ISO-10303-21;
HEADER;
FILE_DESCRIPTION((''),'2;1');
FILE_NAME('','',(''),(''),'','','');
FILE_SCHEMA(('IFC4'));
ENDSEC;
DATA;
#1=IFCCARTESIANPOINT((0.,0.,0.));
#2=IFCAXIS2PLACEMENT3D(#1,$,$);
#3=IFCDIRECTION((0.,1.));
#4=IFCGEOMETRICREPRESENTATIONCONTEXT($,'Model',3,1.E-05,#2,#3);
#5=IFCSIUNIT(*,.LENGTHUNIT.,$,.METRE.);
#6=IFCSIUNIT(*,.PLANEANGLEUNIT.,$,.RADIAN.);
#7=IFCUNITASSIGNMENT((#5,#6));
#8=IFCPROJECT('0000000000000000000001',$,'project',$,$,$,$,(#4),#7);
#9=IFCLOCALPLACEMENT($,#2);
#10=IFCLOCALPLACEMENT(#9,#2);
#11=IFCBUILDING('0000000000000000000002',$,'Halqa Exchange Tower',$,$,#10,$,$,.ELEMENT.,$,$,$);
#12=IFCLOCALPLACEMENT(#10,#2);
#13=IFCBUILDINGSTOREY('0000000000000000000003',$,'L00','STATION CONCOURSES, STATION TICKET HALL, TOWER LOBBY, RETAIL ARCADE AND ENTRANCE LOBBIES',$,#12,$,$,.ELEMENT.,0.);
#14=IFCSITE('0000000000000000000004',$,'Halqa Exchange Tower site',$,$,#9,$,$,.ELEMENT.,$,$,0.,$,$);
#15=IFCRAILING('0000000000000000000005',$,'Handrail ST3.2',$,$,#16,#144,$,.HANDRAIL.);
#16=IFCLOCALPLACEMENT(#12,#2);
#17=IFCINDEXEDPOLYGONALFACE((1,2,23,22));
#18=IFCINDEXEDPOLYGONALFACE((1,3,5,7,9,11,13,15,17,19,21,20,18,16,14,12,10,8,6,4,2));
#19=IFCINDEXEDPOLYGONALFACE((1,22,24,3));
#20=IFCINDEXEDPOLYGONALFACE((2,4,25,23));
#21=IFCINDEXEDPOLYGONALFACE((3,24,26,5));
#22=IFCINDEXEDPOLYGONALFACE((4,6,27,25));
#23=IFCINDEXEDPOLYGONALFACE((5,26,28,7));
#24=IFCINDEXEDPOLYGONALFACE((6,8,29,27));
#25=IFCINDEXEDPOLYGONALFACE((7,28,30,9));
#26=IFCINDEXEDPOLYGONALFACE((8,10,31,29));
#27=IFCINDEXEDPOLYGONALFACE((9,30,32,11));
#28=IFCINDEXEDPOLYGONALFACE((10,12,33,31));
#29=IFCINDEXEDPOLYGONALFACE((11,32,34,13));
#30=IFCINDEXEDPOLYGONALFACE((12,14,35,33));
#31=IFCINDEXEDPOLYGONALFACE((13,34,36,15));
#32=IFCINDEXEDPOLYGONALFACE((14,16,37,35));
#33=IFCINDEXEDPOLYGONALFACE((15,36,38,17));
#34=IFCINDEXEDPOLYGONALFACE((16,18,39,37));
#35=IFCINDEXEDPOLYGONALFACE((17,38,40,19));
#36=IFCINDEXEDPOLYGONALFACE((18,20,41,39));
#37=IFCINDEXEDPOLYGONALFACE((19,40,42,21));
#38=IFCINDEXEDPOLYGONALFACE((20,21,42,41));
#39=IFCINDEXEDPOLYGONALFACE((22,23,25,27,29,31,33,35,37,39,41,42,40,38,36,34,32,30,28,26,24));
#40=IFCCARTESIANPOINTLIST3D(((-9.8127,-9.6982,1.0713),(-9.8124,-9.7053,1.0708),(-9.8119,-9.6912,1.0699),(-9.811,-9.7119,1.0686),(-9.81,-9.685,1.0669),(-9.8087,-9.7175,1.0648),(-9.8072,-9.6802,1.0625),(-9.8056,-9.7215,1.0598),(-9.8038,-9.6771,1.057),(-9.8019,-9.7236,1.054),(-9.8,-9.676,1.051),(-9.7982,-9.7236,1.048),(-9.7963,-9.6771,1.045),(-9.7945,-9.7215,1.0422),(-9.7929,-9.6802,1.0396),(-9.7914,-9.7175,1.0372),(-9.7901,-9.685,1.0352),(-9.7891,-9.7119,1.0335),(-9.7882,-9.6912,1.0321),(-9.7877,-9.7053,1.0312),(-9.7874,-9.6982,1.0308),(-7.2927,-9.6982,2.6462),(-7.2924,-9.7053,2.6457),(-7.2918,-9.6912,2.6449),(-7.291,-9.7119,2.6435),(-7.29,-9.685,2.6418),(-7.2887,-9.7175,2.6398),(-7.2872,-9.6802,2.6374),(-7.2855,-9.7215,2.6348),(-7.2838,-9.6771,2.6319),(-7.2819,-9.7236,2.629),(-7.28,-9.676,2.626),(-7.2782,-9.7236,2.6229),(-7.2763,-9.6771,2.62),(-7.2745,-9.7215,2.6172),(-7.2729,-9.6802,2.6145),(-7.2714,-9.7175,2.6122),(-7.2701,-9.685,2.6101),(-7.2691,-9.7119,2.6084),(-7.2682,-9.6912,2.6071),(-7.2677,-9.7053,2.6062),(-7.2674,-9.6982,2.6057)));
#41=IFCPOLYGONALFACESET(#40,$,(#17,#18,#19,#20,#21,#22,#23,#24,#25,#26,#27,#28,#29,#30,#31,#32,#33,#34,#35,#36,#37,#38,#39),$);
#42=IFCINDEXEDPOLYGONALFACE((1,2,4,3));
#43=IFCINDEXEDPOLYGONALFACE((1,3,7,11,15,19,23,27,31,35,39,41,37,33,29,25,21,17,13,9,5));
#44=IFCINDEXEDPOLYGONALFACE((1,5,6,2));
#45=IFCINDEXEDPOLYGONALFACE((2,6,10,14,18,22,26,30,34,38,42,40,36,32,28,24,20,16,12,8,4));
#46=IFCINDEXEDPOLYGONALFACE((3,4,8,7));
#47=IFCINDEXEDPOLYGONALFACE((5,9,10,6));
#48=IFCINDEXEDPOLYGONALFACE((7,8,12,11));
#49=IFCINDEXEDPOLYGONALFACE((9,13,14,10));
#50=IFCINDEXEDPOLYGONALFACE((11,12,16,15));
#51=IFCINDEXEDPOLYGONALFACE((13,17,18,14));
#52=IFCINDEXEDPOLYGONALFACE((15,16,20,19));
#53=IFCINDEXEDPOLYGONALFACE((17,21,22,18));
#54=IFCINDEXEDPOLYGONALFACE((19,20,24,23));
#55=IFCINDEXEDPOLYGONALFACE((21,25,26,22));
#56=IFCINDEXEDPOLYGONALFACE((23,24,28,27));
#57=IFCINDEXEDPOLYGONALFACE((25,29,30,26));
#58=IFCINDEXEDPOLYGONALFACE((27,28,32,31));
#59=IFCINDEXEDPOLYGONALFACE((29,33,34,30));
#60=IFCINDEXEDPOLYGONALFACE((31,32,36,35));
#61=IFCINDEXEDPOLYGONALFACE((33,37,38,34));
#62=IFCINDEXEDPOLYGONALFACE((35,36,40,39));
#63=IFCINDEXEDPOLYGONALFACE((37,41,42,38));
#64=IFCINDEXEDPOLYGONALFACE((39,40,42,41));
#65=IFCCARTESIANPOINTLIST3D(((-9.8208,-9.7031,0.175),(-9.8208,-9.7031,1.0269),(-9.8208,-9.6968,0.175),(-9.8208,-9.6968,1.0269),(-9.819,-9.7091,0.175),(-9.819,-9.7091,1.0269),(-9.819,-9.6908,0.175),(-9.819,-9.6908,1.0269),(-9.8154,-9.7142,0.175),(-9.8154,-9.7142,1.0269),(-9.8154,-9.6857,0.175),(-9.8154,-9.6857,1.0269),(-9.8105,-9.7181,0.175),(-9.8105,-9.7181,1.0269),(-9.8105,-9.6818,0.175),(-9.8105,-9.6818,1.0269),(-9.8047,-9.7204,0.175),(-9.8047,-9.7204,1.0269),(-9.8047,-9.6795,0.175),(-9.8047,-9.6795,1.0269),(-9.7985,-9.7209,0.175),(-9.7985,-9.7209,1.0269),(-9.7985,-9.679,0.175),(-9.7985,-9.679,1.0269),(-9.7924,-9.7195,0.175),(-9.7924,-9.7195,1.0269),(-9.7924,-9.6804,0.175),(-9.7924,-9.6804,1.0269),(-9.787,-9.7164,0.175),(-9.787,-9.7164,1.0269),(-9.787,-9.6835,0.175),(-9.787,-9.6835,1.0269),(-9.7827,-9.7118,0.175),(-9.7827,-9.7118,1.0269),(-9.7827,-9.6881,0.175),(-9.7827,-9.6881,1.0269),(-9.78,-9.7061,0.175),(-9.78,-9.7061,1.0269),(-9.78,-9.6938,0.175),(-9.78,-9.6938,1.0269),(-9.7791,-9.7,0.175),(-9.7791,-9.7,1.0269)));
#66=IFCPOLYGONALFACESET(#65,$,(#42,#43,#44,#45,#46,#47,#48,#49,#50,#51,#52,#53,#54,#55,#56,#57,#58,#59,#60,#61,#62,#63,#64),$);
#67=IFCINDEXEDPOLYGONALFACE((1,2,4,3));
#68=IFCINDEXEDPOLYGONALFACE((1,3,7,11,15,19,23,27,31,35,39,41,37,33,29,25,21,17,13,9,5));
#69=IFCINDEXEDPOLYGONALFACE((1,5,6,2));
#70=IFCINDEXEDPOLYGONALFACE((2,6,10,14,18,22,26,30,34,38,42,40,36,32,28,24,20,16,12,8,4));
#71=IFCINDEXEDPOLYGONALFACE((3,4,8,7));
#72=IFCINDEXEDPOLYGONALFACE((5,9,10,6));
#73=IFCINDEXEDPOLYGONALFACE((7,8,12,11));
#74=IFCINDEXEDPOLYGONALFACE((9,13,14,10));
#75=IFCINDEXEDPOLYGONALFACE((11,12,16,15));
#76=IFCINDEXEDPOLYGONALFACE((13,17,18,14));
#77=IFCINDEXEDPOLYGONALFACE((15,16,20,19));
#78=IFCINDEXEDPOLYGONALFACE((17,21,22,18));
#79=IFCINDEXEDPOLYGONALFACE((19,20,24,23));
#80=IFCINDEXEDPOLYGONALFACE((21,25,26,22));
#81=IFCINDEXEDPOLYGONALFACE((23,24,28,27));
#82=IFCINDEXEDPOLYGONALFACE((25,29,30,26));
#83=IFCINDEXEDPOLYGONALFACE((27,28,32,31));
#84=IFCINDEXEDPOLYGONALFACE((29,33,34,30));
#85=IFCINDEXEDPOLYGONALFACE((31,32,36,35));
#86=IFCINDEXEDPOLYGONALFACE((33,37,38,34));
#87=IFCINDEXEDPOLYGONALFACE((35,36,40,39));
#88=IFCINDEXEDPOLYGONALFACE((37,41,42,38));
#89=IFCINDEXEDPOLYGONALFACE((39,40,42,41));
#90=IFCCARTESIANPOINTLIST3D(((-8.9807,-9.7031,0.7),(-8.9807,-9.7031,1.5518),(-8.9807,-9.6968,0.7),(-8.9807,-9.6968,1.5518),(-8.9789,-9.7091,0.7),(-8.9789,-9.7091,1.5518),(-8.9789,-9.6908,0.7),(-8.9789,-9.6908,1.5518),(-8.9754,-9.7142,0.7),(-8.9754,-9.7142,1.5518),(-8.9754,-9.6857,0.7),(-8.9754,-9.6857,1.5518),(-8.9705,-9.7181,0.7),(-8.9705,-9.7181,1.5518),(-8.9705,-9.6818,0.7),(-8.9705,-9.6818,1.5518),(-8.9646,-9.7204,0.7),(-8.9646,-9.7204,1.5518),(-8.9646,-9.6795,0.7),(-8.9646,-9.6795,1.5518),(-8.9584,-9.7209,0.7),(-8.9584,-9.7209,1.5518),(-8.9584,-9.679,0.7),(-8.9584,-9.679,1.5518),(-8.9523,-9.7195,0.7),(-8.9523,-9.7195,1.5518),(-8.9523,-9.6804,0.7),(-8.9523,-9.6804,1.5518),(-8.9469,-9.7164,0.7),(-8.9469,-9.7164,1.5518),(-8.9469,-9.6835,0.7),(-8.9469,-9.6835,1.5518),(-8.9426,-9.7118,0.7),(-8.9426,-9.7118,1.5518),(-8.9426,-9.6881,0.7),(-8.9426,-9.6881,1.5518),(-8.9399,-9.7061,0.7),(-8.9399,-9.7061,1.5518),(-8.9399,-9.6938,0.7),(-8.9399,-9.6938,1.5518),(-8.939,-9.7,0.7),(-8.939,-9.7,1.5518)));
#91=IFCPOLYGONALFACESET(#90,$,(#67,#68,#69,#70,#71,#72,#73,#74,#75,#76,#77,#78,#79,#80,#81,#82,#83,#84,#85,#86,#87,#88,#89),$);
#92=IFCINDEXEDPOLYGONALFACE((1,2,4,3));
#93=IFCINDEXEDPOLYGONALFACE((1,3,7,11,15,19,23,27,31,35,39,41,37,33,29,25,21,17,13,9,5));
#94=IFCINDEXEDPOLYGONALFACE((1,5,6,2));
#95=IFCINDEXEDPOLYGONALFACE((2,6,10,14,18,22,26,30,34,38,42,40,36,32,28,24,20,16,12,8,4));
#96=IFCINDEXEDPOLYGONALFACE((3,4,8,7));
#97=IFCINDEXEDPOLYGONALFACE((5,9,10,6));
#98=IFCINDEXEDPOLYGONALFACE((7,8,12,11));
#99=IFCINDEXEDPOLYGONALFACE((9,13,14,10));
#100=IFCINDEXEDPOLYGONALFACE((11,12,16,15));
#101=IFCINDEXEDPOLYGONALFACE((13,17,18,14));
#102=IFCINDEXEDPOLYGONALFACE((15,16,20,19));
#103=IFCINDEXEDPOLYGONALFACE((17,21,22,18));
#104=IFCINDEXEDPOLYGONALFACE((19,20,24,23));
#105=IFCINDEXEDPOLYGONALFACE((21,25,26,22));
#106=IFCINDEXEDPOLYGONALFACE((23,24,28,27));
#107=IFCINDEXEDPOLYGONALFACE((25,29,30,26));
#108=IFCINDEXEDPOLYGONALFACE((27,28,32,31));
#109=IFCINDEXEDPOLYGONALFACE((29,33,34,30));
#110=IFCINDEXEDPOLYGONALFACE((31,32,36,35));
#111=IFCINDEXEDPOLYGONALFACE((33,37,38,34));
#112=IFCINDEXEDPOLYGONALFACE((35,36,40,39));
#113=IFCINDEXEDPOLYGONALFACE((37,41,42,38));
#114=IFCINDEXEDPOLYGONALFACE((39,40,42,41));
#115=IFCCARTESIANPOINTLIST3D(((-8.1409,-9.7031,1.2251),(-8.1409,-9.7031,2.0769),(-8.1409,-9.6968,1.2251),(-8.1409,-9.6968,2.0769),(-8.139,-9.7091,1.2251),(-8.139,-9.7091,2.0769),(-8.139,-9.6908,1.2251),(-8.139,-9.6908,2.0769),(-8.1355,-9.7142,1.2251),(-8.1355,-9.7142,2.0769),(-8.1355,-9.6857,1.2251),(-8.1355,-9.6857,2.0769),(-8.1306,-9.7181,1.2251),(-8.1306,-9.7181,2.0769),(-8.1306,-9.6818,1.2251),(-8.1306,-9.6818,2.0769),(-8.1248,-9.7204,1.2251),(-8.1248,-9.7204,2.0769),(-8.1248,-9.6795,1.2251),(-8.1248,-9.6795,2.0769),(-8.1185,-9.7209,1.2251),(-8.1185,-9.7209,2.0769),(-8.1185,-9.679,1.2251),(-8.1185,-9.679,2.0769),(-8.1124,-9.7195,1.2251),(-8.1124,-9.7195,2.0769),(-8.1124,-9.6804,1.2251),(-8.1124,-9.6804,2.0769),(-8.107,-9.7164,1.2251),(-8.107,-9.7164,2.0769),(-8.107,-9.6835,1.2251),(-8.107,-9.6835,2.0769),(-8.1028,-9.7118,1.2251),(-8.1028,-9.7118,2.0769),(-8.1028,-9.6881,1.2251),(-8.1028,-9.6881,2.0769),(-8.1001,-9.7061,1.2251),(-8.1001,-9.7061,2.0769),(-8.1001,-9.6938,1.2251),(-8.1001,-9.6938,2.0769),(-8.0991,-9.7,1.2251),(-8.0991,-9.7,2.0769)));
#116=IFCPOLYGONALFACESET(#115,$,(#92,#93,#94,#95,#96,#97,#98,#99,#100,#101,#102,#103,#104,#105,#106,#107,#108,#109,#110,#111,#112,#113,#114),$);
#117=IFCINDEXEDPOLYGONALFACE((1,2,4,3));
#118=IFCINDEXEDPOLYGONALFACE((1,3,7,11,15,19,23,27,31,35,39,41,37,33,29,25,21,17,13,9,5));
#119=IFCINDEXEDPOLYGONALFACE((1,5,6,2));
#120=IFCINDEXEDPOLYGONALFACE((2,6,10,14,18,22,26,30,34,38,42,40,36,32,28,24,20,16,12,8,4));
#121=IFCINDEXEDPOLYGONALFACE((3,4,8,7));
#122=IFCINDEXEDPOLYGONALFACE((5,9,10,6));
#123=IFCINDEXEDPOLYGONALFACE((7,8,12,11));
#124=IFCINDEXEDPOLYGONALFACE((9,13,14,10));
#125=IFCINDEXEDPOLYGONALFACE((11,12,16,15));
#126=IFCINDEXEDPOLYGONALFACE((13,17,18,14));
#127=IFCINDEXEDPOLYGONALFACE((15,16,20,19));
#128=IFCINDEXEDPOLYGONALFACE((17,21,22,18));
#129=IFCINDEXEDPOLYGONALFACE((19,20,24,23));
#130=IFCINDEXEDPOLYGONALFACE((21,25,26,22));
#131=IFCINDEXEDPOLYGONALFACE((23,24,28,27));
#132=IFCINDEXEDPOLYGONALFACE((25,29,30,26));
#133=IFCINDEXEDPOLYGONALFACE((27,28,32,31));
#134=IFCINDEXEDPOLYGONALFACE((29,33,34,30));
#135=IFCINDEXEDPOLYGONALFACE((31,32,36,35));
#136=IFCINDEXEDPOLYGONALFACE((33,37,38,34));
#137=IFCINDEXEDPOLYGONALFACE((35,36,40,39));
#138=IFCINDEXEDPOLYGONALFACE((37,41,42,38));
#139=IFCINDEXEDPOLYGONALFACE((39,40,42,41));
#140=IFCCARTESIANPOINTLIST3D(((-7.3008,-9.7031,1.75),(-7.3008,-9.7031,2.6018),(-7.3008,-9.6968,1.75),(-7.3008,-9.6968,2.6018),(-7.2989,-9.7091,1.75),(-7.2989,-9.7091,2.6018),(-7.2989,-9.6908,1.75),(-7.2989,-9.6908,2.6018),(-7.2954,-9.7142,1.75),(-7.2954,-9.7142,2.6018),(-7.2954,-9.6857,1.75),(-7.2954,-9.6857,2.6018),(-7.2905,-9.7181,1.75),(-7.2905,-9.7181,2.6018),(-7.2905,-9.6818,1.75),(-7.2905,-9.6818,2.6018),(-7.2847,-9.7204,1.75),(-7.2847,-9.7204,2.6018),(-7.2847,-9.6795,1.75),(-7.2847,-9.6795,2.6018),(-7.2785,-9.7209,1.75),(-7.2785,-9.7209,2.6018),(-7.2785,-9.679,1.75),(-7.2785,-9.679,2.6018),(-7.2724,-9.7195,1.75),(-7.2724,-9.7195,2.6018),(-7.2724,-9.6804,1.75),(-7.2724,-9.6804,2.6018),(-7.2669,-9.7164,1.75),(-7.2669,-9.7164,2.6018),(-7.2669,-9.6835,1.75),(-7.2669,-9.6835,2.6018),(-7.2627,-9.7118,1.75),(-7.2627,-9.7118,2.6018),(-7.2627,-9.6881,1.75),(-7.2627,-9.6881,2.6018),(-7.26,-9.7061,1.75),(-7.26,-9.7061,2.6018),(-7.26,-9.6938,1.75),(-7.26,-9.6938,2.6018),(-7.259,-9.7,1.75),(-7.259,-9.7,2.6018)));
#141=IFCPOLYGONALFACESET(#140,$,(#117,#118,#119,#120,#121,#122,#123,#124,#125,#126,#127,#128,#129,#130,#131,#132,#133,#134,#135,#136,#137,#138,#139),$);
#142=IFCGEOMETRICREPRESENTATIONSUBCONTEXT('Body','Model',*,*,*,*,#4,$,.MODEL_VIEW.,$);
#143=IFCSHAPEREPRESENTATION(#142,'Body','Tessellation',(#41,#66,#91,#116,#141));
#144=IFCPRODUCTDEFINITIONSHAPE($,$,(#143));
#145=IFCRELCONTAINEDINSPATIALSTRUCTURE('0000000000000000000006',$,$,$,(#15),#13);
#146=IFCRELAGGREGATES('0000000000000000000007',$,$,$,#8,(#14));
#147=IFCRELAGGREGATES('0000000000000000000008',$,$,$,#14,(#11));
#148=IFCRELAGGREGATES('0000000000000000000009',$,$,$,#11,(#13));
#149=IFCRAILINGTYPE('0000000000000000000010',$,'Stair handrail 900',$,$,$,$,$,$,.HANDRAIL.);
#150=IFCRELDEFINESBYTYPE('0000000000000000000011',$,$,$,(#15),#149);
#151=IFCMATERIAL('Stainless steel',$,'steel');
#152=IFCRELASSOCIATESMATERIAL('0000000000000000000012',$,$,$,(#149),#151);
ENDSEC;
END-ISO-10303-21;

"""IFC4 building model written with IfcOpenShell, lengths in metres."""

from ifc_helpers import new_model, si_unit, direction, frame, origin, origin_2d, place, context, subcontext, project, spatial, circle, extrude, material, type_object, element, save


model = new_model("IFC4")

# Units and contexts
model_context = context("Model", 3, precision=1e-05, world=origin(), true_north=direction((0.0, 1.0)))
body_context = subcontext(model_context, "Body", "Model", "MODEL_VIEW")
ifc_project = project(units=[si_unit("LENGTHUNIT", "METRE"), si_unit("PLANEANGLEUNIT", "RADIAN")], contexts=[model_context])

# Site, building, storey
site_placement = place(None, origin())
site = spatial("IfcSite", under=ifc_project, at=site_placement, Name="Halqa Exchange Tower site", CompositionType="ELEMENT", RefElevation=0.0)
building_placement = place(site_placement, origin())
building = spatial("IfcBuilding", under=site, at=building_placement, Name="Halqa Exchange Tower", CompositionType="ELEMENT")
storey_placement = place(building_placement, origin())
storey = spatial("IfcBuildingStorey", under=building, at=storey_placement, Name="L00", Description="STATION CONCOURSES, STATION TICKET HALL, TOWER LOBBY, RETAIL ARCADE AND ENTRANCE LOBBIES", CompositionType="ELEMENT", Elevation=0.0)

# Shared definitions
ifc_material_1 = material(Name="Stainless steel", Category="steel")

# Railing
railing_type = type_object("IfcRailingType", Name="Stair handrail 900", PredefinedType="HANDRAIL", material=ifc_material_1)
for number, where, name in (
    (1, (-9.8, -9.7, 0.175), "Handrail ST3.2"),
):
    element("IfcRailing", number, at=place(storey_placement, frame(where)), inside=storey, type_object=railing_type, Name=name, PredefinedType="HANDRAIL", context=body_context, shape_type="SweptSolid", body=[
        extrude(circle(Radius=0.0239, at=origin_2d()), frame((0.0, 0.0, 0.876), z_axis=(0.848008, 0.0, 0.529984), x_axis=(0.0, 1.0, 0.0)), (0.0, 0.0, 1.0), 2.9717),
        extrude(circle(Radius=0.021, at=origin_2d()), origin(), (0.0, 0.0, 1.0), 0.8518),
        extrude(circle(Radius=0.021, at=origin_2d()), frame((0.8401, 0.0, 0.5249)), (0.0, 0.0, 1.0), 0.8518),
        extrude(circle(Radius=0.021, at=origin_2d()), frame((1.6799, 0.0, 1.05)), (0.0, 0.0, 1.0), 0.8518),
        extrude(circle(Radius=0.021, at=origin_2d()), frame((2.52, 0.0, 1.575)), (0.0, 0.0, 1.0), 0.8518),
    ])

save(model, "model.ifc")
